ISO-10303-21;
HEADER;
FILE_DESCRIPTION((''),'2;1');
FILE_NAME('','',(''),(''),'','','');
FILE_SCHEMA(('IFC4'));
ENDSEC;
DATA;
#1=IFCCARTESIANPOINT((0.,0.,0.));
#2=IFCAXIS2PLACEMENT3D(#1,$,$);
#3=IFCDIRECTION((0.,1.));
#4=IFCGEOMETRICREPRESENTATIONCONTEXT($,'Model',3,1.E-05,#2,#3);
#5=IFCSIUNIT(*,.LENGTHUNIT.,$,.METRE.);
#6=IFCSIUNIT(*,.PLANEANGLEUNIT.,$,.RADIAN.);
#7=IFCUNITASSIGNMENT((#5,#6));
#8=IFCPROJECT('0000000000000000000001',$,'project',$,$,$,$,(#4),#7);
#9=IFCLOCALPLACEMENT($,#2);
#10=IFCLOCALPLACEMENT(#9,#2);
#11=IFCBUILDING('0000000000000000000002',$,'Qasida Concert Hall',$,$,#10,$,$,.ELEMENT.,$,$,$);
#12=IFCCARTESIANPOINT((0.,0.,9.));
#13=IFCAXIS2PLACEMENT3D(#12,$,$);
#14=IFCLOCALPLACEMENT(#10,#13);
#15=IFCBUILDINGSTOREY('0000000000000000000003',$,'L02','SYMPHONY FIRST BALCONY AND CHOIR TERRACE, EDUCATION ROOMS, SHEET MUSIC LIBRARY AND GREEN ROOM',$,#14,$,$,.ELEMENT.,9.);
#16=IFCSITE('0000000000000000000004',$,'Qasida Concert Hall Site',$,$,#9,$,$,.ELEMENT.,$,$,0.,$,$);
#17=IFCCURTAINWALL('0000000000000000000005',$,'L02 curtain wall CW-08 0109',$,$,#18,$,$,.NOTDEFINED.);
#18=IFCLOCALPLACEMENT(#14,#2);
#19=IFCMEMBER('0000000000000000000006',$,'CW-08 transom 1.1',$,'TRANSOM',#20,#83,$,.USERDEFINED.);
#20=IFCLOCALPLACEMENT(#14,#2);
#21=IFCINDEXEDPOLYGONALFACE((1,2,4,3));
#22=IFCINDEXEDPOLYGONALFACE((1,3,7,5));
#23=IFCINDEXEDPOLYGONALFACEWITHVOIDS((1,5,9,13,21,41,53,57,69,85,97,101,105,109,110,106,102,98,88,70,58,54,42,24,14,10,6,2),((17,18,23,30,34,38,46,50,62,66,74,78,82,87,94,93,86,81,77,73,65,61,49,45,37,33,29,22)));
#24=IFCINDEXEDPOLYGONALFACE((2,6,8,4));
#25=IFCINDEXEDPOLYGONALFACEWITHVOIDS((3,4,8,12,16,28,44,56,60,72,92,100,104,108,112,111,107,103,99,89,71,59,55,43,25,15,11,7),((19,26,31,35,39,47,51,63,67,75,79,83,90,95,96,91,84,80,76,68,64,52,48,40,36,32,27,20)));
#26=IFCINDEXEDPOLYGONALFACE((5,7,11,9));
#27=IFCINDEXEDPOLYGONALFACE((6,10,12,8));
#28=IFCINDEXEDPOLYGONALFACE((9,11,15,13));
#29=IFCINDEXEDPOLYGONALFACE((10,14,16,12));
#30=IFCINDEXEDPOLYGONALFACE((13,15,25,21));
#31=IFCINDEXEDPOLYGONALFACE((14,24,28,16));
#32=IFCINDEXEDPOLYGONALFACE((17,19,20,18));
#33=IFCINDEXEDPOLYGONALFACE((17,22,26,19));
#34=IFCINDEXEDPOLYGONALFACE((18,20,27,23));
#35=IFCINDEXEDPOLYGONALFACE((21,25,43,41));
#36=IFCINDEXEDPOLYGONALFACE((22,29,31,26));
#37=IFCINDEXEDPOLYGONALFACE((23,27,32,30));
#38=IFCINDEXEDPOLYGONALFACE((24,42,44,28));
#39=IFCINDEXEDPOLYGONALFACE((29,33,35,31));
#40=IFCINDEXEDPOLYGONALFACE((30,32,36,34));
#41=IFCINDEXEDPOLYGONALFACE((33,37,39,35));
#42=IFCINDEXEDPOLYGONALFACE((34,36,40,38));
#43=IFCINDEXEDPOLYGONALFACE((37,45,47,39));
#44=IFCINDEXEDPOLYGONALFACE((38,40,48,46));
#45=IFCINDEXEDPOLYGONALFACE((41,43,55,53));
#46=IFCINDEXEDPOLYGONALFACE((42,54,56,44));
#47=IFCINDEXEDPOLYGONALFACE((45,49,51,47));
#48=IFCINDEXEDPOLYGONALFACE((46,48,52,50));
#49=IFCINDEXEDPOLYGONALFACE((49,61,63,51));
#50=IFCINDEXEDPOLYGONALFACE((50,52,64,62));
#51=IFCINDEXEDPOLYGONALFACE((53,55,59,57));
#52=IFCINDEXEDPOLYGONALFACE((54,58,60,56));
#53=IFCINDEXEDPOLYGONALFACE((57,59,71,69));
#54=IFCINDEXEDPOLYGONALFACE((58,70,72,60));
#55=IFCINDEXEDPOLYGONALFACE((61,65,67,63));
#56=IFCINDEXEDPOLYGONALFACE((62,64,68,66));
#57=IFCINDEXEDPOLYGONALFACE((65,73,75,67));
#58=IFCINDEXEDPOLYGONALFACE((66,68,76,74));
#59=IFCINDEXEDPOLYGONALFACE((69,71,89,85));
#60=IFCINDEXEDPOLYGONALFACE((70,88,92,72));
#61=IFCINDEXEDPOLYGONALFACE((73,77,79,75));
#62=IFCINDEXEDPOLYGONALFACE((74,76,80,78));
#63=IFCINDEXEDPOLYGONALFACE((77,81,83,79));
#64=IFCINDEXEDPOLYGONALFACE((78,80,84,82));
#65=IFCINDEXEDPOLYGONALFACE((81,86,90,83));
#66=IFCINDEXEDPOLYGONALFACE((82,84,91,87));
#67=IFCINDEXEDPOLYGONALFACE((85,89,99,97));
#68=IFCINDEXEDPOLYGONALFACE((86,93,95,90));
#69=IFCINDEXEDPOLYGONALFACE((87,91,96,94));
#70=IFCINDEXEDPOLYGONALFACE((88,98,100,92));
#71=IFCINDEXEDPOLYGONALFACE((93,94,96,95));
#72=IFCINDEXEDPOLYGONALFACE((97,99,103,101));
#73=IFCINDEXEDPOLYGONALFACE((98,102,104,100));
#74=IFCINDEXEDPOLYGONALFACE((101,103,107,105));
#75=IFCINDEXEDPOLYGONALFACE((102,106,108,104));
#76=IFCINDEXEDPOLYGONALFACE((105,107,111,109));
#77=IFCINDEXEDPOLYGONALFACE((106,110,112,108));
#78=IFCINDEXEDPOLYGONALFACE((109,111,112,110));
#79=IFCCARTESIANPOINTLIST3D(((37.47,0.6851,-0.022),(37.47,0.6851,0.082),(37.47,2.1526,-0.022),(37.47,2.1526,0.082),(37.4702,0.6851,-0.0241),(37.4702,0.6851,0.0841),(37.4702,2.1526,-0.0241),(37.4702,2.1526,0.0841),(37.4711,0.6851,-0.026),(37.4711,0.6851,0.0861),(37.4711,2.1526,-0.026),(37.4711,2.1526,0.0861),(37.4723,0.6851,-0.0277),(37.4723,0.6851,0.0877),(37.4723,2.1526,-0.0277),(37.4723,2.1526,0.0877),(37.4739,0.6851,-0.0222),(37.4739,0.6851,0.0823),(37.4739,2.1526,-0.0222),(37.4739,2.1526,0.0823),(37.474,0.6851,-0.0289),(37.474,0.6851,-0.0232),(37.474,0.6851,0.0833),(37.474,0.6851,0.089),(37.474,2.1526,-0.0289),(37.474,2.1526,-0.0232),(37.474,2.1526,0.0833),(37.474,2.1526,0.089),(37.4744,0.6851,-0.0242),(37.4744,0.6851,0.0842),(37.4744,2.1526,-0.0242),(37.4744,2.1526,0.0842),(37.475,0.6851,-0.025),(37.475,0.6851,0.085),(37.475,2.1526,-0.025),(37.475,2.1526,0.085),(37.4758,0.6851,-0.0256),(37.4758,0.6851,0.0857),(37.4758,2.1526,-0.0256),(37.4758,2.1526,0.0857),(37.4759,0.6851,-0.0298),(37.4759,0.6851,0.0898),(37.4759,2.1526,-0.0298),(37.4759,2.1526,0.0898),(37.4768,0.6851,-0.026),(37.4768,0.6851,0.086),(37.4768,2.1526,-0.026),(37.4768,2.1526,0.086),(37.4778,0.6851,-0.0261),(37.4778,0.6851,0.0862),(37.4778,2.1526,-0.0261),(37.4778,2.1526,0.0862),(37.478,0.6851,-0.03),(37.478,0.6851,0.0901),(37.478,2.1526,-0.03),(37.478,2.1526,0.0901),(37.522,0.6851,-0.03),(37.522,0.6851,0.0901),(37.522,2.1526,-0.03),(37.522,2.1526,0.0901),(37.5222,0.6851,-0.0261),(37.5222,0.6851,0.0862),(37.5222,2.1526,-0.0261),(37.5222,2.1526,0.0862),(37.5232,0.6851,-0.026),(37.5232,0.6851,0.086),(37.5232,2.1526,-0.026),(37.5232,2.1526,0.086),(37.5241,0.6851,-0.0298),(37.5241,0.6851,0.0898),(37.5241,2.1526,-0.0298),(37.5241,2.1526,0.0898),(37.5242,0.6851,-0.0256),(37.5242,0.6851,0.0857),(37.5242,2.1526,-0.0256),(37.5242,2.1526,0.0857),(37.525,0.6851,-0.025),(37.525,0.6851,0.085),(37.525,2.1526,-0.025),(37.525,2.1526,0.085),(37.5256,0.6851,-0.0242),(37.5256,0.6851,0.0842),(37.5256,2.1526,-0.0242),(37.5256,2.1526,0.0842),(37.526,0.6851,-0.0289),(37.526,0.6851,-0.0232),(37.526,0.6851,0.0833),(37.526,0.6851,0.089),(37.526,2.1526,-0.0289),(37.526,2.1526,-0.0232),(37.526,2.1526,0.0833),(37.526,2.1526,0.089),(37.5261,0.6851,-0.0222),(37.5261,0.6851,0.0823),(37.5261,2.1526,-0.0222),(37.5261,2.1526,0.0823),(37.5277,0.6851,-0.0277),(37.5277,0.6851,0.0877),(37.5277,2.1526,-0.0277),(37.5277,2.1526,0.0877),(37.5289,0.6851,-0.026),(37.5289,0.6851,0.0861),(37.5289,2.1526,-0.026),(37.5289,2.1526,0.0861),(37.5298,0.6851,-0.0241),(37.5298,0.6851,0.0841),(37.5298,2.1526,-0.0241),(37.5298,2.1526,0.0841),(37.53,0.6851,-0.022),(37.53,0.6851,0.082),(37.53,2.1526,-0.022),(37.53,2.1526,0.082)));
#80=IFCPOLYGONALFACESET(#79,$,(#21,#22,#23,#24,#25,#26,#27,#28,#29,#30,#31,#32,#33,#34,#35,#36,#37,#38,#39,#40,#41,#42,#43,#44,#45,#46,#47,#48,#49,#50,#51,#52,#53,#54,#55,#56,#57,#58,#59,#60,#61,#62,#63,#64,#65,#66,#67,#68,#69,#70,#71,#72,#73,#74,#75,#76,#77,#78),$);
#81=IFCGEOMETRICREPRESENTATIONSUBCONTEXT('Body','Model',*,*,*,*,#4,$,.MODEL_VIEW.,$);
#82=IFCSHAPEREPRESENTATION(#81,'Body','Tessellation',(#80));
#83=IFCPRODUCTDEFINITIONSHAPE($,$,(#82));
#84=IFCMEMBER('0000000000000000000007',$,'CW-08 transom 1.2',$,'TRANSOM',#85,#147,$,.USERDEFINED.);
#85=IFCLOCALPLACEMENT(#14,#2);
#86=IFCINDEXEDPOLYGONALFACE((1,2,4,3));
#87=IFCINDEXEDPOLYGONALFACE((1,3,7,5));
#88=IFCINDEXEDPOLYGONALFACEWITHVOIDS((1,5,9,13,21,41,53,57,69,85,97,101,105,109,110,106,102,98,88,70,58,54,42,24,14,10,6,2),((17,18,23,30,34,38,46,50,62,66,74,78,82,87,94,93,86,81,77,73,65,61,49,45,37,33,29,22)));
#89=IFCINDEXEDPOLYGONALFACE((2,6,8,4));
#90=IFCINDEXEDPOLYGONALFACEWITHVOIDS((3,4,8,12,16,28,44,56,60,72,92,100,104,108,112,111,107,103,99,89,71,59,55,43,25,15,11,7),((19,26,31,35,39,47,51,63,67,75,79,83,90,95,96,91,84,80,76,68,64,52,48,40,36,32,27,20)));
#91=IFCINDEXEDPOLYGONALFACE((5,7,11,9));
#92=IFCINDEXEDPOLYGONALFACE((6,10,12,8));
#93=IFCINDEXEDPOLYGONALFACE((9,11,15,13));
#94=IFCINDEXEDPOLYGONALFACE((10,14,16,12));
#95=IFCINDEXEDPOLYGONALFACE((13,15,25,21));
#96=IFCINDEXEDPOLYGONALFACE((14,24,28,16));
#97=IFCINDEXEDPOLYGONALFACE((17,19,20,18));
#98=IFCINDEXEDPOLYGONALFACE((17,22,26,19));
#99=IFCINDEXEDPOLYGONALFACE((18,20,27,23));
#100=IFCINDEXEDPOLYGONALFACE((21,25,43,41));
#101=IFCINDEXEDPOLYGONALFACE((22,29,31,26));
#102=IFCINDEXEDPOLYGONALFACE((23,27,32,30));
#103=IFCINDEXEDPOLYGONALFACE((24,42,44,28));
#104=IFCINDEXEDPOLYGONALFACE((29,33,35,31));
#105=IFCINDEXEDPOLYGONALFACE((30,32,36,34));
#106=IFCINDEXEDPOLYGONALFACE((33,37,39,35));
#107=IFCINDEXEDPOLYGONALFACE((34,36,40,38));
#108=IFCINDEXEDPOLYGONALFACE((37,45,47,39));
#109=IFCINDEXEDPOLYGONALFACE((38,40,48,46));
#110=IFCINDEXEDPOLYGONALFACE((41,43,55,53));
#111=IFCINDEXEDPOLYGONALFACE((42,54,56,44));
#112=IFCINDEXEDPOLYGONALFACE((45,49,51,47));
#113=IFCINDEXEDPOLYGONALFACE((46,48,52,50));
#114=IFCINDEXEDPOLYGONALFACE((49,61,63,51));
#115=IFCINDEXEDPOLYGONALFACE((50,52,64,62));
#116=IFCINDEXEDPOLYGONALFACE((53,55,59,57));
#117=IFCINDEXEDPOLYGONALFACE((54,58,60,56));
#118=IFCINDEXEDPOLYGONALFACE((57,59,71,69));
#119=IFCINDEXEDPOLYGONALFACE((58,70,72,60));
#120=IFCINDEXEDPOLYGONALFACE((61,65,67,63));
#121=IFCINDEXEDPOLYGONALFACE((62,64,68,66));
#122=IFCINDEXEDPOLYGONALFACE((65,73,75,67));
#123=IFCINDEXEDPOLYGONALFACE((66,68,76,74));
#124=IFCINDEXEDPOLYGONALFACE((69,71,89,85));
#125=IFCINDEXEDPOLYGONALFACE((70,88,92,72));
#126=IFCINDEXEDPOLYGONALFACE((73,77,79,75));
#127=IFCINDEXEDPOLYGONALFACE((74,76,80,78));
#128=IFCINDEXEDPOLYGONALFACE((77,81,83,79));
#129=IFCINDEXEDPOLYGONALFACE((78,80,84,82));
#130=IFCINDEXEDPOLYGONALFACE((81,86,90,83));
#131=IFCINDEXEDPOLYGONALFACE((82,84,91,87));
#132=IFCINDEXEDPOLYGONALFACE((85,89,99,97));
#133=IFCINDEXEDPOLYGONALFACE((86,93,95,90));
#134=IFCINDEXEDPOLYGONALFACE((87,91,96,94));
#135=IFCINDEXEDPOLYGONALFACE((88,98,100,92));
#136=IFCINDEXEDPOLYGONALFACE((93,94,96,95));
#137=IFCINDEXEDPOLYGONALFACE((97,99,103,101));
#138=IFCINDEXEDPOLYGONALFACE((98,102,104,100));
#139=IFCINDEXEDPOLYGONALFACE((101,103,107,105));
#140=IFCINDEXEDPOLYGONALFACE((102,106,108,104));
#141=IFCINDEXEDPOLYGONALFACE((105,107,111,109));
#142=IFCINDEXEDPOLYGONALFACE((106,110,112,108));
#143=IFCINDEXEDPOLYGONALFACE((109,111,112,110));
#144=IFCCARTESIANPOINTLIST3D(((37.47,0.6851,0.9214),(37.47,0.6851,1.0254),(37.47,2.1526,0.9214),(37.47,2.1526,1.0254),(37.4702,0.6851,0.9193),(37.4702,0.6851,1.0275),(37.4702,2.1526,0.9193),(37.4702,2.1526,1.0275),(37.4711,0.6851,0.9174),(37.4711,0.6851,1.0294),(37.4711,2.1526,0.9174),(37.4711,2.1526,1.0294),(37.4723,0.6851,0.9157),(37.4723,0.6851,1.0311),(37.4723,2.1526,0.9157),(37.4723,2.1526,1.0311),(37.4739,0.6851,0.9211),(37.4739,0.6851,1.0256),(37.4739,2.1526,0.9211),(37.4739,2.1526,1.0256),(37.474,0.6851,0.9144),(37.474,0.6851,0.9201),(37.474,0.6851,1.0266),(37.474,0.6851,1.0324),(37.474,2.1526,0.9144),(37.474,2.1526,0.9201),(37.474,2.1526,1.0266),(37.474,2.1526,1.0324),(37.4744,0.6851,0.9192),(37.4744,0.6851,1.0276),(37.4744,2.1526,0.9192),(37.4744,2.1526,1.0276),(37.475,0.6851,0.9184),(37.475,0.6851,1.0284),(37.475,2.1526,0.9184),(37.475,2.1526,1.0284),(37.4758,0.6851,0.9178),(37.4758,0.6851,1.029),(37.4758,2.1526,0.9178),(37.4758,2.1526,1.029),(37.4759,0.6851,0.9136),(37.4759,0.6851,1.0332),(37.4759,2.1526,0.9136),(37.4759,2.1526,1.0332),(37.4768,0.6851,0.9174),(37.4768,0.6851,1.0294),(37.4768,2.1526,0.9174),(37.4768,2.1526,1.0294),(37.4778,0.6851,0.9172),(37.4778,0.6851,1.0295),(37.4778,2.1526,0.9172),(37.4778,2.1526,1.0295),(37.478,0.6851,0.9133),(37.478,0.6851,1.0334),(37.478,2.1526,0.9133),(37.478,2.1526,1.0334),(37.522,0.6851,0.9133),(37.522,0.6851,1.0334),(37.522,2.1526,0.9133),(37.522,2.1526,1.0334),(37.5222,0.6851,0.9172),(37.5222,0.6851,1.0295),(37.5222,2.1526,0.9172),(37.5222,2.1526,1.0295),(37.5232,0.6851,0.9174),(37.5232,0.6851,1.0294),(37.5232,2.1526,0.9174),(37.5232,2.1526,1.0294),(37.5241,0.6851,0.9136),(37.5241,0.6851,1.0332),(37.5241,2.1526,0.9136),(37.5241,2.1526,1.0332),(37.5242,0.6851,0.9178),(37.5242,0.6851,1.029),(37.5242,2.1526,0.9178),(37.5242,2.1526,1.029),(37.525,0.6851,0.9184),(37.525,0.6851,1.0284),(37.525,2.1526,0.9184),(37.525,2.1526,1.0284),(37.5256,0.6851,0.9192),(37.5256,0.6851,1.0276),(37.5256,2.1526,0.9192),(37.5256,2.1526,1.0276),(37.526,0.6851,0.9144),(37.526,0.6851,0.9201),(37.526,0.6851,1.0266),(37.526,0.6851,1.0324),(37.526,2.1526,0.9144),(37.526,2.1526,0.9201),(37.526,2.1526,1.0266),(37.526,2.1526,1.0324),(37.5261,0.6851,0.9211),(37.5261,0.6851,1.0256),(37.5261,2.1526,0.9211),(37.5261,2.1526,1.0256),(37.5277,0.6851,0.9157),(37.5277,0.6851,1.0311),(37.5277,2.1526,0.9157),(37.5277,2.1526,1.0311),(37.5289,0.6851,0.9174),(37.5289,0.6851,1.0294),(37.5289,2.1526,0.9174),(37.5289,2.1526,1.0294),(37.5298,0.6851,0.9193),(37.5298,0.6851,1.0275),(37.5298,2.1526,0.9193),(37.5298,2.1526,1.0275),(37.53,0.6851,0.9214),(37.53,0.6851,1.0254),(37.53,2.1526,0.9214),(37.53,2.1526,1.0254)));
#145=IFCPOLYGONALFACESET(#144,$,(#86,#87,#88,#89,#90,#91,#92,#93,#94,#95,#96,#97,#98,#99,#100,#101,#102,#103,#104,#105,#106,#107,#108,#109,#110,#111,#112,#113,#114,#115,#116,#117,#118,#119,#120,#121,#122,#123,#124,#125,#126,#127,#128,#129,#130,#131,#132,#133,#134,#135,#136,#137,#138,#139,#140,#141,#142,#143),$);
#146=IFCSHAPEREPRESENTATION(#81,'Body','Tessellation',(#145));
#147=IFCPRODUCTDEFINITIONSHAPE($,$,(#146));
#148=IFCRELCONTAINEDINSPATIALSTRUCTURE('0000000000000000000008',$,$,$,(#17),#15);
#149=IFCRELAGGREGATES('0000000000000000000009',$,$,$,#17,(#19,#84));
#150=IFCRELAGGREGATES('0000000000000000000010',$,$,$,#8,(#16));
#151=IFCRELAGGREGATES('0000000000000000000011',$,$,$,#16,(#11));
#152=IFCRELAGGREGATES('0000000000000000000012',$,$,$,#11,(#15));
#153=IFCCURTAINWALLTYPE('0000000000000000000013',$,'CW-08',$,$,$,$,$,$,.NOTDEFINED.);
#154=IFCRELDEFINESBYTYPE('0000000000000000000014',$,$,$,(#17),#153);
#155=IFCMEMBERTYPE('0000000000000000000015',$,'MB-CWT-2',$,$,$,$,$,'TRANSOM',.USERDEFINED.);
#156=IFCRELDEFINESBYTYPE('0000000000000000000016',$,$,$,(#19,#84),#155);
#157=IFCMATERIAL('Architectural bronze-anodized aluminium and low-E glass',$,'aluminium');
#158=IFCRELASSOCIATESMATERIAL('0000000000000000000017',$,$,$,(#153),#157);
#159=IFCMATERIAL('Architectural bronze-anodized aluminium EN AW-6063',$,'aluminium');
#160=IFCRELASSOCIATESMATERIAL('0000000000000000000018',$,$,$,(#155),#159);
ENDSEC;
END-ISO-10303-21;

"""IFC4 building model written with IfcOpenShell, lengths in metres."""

from ifc_helpers import new_model, si_unit, direction, frame, origin, origin_2d, place, context, subcontext, project, spatial, hollow_rectangle, extrude, material, material_profile, profile_set, type_object, element, aggregate, save


model = new_model("IFC4")

# Units and contexts
model_context = context("Model", 3, precision=1e-05, world=origin(), true_north=direction((0.0, 1.0)))
body_context = subcontext(model_context, "Body", "Model", "MODEL_VIEW")
ifc_project = project(units=[si_unit("LENGTHUNIT", "METRE"), si_unit("PLANEANGLEUNIT", "RADIAN")], contexts=[model_context])

# Site, building, storey
site_placement = place(None, origin())
site = spatial("IfcSite", under=ifc_project, at=site_placement, Name="Qasida Concert Hall Site", CompositionType="ELEMENT", RefElevation=0.0)
building_placement = place(site_placement, origin())
building = spatial("IfcBuilding", under=site, at=building_placement, Name="Qasida Concert Hall", CompositionType="ELEMENT")
storey_placement = place(building_placement, frame((0.0, 0.0, 9.0)))
storey = spatial("IfcBuildingStorey", under=building, at=storey_placement, Name="L02", Description="SYMPHONY FIRST BALCONY AND CHOIR TERRACE, EDUCATION ROOMS, SHEET MUSIC LIBRARY AND GREEN ROOM", CompositionType="ELEMENT", Elevation=9.0)

# Curtain wall
ifc_material_1 = material(Name="Architectural bronze-anodized aluminium and low-E glass", Category="aluminium")
curtain_wall_type = type_object("IfcCurtainWallType", Name="CW-08", PredefinedType="NOTDEFINED", material=ifc_material_1)
ifc_material_2 = material(Name="Architectural bronze-anodized aluminium EN AW-6063", Category="aluminium")
curtain_wall_1_placement = place(storey_placement, origin())
curtain_wall_1 = element("IfcCurtainWall", 1, at=curtain_wall_1_placement, inside=storey, type_object=curtain_wall_type, Name="L02 curtain wall CW-08 0109", PredefinedType="NOTDEFINED")

# Members
ifc_material_profile_1 = material_profile(ifc_material_2, hollow_rectangle(XDim=0.0601, YDim=0.1201, WallThickness=0.0039, InnerFilletRadius=0.0039, OuterFilletRadius=0.0081, at=origin_2d()), Name="CWT 120x60x4")
ifc_profile_set_1 = profile_set([ifc_material_profile_1], Name="Architectural bronze-anodized aluminium EN AW-6063")
member_type_1 = type_object("IfcMemberType", Name="MB-CWT-2", ElementType="TRANSOM", PredefinedType="USERDEFINED", material=ifc_profile_set_1)
member_1_placement = place(storey_placement, frame((37.5, 0.6851, 0.03), z_axis=(0.0, 1.0, 0.0), x_axis=(-1.0, 0.0, 0.0)))
member_1 = element("IfcMember", 2, at=member_1_placement, type_object=member_type_1, Name="CW-08 transom 1.1", ObjectType="TRANSOM", PredefinedType="USERDEFINED", context=body_context, shape_type="SweptSolid", body=[
    extrude(hollow_rectangle(XDim=0.0601, YDim=0.1201, WallThickness=0.0039, InnerFilletRadius=0.0039, OuterFilletRadius=0.0081, at=origin_2d()), origin(), (0.0, 0.0, 1.0), 1.4675),
])
member_2_placement = place(storey_placement, frame((37.5, 0.6851, 0.9734), z_axis=(0.0, 1.0, 0.0), x_axis=(-1.0, 0.0, 0.0)))
member_2 = element("IfcMember", 3, at=member_2_placement, type_object=member_type_1, Name="CW-08 transom 1.2", ObjectType="TRANSOM", PredefinedType="USERDEFINED", context=body_context, shape_type="SweptSolid", body=[
    extrude(hollow_rectangle(XDim=0.0601, YDim=0.1201, WallThickness=0.0039, InnerFilletRadius=0.0039, OuterFilletRadius=0.0081, at=origin_2d()), origin(), (0.0, 0.0, 1.0), 1.4675),
])

aggregate(curtain_wall_1, [member_1, member_2])

save(model, "model.ifc")
